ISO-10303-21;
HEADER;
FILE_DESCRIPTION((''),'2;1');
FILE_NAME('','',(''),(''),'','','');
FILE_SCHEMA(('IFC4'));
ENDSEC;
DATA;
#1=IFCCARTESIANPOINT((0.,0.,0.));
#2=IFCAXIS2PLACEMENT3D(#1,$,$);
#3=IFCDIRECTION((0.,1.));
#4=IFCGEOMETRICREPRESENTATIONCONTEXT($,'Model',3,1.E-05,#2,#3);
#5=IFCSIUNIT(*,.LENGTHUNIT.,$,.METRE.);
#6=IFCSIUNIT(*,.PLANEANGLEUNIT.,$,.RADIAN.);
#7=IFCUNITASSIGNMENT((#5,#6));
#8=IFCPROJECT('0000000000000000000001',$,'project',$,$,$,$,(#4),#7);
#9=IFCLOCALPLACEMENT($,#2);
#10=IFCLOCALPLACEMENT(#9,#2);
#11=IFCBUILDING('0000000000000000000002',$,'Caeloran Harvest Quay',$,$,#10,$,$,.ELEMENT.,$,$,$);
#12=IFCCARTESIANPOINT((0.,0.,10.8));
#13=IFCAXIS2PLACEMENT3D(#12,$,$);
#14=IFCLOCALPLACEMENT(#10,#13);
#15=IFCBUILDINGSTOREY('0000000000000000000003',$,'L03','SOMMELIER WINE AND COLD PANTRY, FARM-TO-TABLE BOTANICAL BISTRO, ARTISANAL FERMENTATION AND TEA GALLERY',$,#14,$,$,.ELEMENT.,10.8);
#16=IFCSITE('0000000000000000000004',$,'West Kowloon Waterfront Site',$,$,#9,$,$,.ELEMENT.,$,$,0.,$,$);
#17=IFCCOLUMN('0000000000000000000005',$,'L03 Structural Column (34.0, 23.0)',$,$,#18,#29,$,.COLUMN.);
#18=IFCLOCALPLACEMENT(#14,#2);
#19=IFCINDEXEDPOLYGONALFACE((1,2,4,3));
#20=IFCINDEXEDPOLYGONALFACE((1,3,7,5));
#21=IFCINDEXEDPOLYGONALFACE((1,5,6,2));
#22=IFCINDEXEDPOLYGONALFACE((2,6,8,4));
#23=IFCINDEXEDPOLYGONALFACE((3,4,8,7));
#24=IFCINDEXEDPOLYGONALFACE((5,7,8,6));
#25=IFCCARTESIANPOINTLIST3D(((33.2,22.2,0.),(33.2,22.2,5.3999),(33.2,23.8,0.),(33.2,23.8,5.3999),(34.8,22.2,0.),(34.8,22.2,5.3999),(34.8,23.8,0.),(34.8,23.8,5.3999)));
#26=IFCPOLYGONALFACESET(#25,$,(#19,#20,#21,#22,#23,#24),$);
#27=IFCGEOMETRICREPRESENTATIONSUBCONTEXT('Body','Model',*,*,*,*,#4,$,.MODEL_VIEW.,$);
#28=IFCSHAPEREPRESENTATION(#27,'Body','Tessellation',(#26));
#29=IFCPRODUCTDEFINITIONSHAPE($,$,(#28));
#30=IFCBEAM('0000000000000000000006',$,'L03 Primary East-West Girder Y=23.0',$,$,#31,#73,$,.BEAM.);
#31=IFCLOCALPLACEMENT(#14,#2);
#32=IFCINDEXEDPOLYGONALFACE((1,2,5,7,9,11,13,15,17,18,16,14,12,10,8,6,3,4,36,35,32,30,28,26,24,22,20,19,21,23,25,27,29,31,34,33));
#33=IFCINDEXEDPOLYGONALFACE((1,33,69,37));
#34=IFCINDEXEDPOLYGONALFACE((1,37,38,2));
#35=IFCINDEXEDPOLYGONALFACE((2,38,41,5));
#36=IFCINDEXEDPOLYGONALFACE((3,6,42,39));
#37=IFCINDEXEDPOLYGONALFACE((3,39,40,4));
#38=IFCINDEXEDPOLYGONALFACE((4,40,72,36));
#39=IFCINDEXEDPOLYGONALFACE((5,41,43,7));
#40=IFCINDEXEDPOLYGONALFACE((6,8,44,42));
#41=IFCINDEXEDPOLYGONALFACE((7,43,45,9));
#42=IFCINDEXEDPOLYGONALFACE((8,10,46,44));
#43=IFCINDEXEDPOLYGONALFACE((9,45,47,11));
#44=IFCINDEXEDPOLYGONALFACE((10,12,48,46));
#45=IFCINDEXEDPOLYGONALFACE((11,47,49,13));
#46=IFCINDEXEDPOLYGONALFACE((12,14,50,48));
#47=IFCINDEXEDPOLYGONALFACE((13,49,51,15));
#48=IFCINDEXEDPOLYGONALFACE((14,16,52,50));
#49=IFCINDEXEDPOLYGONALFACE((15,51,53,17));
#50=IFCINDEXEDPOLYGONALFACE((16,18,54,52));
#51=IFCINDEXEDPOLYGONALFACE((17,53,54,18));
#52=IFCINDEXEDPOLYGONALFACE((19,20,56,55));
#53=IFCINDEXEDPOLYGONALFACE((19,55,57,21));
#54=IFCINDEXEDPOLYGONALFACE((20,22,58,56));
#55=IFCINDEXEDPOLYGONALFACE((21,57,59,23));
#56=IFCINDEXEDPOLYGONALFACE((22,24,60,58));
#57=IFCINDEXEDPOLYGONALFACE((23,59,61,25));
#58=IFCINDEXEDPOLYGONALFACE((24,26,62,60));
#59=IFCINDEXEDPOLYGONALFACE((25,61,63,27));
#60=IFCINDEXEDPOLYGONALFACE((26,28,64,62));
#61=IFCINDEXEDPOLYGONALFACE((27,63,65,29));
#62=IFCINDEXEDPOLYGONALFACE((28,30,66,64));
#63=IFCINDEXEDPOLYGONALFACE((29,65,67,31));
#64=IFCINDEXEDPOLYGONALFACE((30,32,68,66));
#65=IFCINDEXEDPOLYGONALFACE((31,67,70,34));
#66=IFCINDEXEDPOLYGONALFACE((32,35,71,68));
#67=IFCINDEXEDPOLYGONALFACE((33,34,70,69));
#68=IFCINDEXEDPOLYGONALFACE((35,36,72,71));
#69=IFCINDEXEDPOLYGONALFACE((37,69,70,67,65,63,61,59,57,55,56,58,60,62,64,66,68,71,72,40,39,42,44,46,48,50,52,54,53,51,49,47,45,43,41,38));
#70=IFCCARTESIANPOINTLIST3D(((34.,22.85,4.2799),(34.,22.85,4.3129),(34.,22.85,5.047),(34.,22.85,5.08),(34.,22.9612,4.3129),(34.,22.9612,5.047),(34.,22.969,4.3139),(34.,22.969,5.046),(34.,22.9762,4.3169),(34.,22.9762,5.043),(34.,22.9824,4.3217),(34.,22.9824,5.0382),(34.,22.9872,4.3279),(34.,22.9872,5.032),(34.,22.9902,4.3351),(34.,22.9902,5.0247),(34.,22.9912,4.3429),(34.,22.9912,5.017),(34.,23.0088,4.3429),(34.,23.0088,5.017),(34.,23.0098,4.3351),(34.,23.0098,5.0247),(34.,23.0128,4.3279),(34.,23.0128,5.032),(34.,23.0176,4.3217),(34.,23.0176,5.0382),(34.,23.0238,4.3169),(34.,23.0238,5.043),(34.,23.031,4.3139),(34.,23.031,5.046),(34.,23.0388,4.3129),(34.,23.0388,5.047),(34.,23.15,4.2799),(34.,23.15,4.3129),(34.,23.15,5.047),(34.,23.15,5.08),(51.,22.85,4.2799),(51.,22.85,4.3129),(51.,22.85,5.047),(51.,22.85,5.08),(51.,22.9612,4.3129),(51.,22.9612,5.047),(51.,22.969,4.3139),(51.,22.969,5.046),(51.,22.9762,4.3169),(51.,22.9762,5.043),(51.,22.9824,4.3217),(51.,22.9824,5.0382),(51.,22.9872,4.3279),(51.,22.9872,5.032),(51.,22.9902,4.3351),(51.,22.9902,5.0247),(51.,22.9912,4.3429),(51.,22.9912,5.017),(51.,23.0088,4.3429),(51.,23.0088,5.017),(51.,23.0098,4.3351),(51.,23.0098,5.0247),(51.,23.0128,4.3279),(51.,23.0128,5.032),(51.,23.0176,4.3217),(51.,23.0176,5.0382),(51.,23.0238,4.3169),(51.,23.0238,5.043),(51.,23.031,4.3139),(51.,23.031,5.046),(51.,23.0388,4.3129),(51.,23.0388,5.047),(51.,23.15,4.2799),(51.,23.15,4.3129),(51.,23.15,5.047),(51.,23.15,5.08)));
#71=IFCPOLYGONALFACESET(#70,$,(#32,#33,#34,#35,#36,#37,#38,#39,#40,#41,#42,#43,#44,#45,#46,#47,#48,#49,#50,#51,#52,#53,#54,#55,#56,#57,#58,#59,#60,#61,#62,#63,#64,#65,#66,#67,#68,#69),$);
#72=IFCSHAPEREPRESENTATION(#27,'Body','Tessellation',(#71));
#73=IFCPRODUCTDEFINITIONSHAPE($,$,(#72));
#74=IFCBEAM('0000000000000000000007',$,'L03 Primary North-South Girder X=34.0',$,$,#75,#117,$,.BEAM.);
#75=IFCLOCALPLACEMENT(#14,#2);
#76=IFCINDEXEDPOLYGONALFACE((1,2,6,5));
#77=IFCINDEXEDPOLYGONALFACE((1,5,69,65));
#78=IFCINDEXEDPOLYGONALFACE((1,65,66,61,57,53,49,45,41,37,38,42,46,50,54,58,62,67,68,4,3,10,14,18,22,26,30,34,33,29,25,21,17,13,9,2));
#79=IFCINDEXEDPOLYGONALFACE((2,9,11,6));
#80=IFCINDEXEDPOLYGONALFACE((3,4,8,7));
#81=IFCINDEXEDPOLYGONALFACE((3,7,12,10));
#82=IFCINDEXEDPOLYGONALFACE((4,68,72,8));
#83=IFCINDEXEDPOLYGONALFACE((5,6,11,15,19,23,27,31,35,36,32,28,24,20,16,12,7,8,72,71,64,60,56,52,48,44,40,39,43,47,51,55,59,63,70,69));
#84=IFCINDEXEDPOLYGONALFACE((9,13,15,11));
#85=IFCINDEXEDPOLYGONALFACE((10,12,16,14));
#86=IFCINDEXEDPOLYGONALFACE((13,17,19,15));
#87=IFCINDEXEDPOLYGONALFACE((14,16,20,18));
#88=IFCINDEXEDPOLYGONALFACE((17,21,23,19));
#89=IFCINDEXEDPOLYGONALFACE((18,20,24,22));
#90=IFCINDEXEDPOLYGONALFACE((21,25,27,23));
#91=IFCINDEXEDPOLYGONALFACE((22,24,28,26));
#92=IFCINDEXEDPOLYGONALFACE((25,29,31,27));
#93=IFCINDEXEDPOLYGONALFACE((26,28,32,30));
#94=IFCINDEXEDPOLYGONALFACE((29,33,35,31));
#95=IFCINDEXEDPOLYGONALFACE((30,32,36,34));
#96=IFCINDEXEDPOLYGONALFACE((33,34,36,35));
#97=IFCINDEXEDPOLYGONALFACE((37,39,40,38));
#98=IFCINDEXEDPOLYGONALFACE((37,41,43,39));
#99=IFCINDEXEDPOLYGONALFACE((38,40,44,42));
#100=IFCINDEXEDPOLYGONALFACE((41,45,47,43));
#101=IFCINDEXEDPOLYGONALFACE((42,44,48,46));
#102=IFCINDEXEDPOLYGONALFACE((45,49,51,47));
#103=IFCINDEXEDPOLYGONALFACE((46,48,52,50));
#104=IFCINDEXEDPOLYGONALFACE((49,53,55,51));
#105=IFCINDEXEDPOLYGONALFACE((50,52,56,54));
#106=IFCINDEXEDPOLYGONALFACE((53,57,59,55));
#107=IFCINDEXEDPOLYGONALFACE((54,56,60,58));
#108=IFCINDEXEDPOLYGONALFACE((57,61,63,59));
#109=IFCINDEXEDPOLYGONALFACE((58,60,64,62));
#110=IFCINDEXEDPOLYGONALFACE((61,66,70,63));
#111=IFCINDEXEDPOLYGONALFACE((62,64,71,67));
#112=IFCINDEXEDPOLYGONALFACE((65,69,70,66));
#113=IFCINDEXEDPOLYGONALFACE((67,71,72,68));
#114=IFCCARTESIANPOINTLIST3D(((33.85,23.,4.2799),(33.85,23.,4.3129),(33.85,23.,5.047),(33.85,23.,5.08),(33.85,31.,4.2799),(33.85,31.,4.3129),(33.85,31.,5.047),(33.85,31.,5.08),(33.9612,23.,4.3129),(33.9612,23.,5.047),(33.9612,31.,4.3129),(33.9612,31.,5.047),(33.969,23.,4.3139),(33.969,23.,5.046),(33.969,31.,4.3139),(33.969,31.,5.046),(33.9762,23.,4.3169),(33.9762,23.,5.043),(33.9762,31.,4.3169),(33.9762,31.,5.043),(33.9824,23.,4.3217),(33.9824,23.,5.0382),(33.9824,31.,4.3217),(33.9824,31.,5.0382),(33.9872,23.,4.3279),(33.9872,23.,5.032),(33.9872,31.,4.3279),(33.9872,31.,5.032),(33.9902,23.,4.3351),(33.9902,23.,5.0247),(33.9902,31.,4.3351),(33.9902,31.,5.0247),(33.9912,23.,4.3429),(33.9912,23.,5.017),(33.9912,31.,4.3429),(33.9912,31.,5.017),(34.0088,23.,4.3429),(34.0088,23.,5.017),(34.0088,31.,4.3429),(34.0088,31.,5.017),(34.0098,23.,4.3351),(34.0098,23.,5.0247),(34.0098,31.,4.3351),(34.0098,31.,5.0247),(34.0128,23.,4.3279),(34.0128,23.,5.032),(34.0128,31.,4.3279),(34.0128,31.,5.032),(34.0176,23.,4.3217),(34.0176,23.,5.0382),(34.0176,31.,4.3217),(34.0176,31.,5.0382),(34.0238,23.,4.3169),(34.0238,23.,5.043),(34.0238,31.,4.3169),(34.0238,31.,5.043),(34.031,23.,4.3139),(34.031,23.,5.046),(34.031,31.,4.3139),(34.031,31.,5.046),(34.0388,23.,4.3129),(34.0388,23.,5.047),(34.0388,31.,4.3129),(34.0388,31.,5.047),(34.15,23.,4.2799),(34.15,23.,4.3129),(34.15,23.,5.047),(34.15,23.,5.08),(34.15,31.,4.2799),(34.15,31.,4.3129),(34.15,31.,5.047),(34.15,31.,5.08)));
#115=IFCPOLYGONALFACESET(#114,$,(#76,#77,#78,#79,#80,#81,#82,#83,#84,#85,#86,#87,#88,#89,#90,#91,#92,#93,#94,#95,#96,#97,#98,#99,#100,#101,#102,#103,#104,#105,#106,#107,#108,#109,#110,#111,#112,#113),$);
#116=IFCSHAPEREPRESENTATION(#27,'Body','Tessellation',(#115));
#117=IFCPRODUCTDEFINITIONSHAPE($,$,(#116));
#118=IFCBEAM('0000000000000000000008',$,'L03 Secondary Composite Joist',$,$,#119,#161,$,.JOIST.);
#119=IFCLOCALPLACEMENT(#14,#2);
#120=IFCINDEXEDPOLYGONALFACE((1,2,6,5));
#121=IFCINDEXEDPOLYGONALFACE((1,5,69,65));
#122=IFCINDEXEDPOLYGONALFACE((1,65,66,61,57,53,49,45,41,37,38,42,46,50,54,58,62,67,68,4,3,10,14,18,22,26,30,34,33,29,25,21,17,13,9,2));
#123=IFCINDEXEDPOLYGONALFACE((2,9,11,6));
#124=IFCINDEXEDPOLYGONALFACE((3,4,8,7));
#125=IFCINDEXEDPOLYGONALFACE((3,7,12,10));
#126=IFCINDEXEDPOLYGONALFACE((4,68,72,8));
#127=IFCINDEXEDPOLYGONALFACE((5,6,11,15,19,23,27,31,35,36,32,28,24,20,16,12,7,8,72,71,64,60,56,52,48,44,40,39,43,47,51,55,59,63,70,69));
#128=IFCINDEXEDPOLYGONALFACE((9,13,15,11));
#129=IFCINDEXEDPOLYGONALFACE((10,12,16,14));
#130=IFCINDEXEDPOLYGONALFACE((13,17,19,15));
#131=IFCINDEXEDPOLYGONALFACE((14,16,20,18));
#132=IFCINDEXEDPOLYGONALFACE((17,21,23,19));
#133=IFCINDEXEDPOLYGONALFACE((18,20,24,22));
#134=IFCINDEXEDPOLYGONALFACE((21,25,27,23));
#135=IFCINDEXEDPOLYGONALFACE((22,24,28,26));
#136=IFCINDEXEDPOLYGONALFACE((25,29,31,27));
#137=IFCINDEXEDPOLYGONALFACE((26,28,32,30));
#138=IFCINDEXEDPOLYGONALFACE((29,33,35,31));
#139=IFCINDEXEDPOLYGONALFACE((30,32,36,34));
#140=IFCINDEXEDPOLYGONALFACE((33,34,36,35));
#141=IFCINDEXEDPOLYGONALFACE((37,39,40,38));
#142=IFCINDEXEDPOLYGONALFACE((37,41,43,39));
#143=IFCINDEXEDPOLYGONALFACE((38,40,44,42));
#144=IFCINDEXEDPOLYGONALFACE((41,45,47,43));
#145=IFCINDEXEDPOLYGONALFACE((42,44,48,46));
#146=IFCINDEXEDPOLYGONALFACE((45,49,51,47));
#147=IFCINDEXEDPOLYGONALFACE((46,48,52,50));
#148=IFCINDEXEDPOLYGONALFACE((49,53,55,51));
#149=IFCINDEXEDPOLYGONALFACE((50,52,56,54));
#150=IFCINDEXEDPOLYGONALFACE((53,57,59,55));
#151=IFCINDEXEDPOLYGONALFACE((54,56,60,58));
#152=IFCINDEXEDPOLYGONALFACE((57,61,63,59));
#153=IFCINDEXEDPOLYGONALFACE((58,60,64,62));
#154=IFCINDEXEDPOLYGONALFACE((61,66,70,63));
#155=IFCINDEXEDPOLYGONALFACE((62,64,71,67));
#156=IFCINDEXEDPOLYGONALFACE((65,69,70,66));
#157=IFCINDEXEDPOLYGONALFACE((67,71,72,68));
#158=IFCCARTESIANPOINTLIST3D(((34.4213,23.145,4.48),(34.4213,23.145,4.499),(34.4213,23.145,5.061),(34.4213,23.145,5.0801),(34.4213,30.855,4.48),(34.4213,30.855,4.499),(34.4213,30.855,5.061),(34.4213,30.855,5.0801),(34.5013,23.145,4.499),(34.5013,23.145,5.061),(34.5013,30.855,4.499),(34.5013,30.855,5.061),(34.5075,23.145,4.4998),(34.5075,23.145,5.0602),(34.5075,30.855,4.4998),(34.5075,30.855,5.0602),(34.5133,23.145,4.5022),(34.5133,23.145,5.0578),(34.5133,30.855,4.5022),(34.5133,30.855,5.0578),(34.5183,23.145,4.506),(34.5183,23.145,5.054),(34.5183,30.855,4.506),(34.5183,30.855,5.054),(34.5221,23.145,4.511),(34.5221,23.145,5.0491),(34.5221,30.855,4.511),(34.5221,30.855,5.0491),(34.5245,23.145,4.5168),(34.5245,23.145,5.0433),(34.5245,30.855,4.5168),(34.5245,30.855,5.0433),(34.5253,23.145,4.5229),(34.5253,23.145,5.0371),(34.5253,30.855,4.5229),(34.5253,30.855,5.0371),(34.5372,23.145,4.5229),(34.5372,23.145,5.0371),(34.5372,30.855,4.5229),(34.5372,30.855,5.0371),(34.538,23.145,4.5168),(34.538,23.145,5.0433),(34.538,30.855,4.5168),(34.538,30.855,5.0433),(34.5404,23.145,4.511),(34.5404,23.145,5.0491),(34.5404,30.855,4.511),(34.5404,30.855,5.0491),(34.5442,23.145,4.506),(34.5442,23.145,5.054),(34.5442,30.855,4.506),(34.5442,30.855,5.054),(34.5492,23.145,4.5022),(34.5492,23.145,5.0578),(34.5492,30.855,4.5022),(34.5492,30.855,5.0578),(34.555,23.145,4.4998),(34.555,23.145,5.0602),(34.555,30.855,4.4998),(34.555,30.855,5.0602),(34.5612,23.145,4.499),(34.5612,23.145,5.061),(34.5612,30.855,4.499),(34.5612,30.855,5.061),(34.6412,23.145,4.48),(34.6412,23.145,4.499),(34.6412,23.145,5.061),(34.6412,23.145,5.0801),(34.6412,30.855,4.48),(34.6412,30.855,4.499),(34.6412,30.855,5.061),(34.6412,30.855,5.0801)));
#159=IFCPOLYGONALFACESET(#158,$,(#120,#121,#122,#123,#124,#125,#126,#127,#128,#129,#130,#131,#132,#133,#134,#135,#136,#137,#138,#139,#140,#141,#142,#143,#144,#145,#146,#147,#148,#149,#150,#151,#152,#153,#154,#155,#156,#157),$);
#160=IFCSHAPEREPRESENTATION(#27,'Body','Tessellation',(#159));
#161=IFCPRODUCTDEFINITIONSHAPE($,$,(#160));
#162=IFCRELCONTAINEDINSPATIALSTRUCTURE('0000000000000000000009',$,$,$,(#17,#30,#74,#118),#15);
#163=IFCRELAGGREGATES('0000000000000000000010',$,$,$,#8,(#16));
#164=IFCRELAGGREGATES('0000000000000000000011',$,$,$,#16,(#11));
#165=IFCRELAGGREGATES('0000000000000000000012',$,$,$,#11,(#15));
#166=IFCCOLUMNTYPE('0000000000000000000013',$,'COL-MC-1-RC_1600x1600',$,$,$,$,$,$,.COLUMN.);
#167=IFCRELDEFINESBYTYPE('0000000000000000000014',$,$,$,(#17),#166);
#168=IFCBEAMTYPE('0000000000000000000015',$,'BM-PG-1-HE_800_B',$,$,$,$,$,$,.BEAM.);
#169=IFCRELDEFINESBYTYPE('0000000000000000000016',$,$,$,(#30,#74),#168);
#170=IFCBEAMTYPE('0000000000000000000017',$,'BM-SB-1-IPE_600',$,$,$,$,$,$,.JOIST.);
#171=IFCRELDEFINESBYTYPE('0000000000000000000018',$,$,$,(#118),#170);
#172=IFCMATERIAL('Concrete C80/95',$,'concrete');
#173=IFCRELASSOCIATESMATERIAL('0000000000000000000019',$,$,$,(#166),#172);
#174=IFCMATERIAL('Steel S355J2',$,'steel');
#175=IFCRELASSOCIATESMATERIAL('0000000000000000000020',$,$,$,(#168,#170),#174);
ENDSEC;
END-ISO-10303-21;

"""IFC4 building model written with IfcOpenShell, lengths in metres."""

from ifc_helpers import new_model, si_unit, direction, frame, origin, origin_2d, place, context, subcontext, project, spatial, rectangle, i_section, extrude, material, material_profile, profile_set, type_object, element, save


model = new_model("IFC4")

# Units and contexts
model_context = context("Model", 3, precision=1e-05, world=origin(), true_north=direction((0.0, 1.0)))
body_context = subcontext(model_context, "Body", "Model", "MODEL_VIEW")
ifc_project = project(units=[si_unit("LENGTHUNIT", "METRE"), si_unit("PLANEANGLEUNIT", "RADIAN")], contexts=[model_context])

# Site, building, storey
site_placement = place(None, origin())
site = spatial("IfcSite", under=ifc_project, at=site_placement, Name="West Kowloon Waterfront Site", CompositionType="ELEMENT", RefElevation=0.0)
building_placement = place(site_placement, origin())
building = spatial("IfcBuilding", under=site, at=building_placement, Name="Caeloran Harvest Quay", CompositionType="ELEMENT")
storey_placement = place(building_placement, frame((0.0, 0.0, 10.8)))
storey = spatial("IfcBuildingStorey", under=building, at=storey_placement, Name="L03", Description="SOMMELIER WINE AND COLD PANTRY, FARM-TO-TABLE BOTANICAL BISTRO, ARTISANAL FERMENTATION AND TEA GALLERY", CompositionType="ELEMENT", Elevation=10.8)

# Column
ifc_material_1 = material(Name="Concrete C80/95", Category="concrete")
ifc_material_profile_1 = material_profile(ifc_material_1, rectangle(XDim=1.6001, YDim=1.6001, at=origin_2d()), Name="RC 1600x1600")
ifc_profile_set_1 = profile_set([ifc_material_profile_1], Name="Concrete C80/95")
column_type = type_object("IfcColumnType", Name="COL-MC-1-RC_1600x1600", PredefinedType="COLUMN", material=ifc_profile_set_1)
column_placement = place(storey_placement, frame((34.0, 23.0, 0.0), z_axis=(0.0, 0.0, 1.0), x_axis=(1.0, 0.0, 0.0)))
element("IfcColumn", 1, at=column_placement, inside=storey, type_object=column_type, Name="L03 Structural Column (34.0, 23.0)", PredefinedType="COLUMN", context=body_context, shape_type="SweptSolid", body=[
    extrude(rectangle(XDim=1.6001, YDim=1.6001, at=origin_2d()), origin(), (0.0, 0.0, 1.0), 5.3999),
])

# Beams
ifc_material_2 = material(Name="Steel S355J2", Category="steel")
ifc_material_profile_2 = material_profile(ifc_material_2, i_section(OverallWidth=0.3, OverallDepth=0.8, WebThickness=0.0176, FlangeThickness=0.033, FilletRadius=0.03, at=origin_2d()), Name="HE 800 B")
ifc_profile_set_2 = profile_set([ifc_material_profile_2], Name="Steel S355J2")
beam_type_1 = type_object("IfcBeamType", Name="BM-PG-1-HE_800_B", PredefinedType="BEAM", material=ifc_profile_set_2)
beam_1_placement = place(storey_placement, frame((34.0, 23.0, 4.6799), z_axis=(1.0, 0.0, 0.0), x_axis=(0.0, 1.0, 0.0)))
element("IfcBeam", 2, at=beam_1_placement, inside=storey, type_object=beam_type_1, Name="L03 Primary East-West Girder Y=23.0", PredefinedType="BEAM", context=body_context, shape_type="SweptSolid", body=[
    extrude(i_section(OverallWidth=0.3, OverallDepth=0.8, WebThickness=0.0176, FlangeThickness=0.033, FilletRadius=0.03, at=origin_2d()), origin(), (0.0, 0.0, 1.0), 17.0),
])
beam_2_placement = place(storey_placement, frame((34.0, 23.0, 4.6799), z_axis=(0.0, 1.0, 0.0), x_axis=(-1.0, 0.0, 0.0)))
element("IfcBeam", 3, at=beam_2_placement, inside=storey, type_object=beam_type_1, Name="L03 Primary North-South Girder X=34.0", PredefinedType="BEAM", context=body_context, shape_type="SweptSolid", body=[
    extrude(i_section(OverallWidth=0.3, OverallDepth=0.8, WebThickness=0.0176, FlangeThickness=0.033, FilletRadius=0.03, at=origin_2d()), origin(), (0.0, 0.0, 1.0), 8.0),
])
ifc_material_profile_3 = material_profile(ifc_material_2, i_section(OverallWidth=0.22, OverallDepth=0.6001, WebThickness=0.012, FlangeThickness=0.019, FilletRadius=0.0239, at=origin_2d()), Name="IPE 600")
ifc_profile_set_3 = profile_set([ifc_material_profile_3], Name="Steel S355J2")
beam_type_2 = type_object("IfcBeamType", Name="BM-SB-1-IPE_600", PredefinedType="JOIST", material=ifc_profile_set_3)
beam_3_placement = place(storey_placement, frame((34.5312, 23.145, 4.78), z_axis=(0.0, 1.0, 0.0), x_axis=(-1.0, 0.0, 0.0)))
element("IfcBeam", 4, at=beam_3_placement, inside=storey, type_object=beam_type_2, Name="L03 Secondary Composite Joist", PredefinedType="JOIST", context=body_context, shape_type="SweptSolid", body=[
    extrude(i_section(OverallWidth=0.22, OverallDepth=0.6001, WebThickness=0.012, FlangeThickness=0.019, FilletRadius=0.0239, at=origin_2d()), origin(), (0.0, 0.0, 1.0), 7.71),
])

save(model, "model.ifc")
